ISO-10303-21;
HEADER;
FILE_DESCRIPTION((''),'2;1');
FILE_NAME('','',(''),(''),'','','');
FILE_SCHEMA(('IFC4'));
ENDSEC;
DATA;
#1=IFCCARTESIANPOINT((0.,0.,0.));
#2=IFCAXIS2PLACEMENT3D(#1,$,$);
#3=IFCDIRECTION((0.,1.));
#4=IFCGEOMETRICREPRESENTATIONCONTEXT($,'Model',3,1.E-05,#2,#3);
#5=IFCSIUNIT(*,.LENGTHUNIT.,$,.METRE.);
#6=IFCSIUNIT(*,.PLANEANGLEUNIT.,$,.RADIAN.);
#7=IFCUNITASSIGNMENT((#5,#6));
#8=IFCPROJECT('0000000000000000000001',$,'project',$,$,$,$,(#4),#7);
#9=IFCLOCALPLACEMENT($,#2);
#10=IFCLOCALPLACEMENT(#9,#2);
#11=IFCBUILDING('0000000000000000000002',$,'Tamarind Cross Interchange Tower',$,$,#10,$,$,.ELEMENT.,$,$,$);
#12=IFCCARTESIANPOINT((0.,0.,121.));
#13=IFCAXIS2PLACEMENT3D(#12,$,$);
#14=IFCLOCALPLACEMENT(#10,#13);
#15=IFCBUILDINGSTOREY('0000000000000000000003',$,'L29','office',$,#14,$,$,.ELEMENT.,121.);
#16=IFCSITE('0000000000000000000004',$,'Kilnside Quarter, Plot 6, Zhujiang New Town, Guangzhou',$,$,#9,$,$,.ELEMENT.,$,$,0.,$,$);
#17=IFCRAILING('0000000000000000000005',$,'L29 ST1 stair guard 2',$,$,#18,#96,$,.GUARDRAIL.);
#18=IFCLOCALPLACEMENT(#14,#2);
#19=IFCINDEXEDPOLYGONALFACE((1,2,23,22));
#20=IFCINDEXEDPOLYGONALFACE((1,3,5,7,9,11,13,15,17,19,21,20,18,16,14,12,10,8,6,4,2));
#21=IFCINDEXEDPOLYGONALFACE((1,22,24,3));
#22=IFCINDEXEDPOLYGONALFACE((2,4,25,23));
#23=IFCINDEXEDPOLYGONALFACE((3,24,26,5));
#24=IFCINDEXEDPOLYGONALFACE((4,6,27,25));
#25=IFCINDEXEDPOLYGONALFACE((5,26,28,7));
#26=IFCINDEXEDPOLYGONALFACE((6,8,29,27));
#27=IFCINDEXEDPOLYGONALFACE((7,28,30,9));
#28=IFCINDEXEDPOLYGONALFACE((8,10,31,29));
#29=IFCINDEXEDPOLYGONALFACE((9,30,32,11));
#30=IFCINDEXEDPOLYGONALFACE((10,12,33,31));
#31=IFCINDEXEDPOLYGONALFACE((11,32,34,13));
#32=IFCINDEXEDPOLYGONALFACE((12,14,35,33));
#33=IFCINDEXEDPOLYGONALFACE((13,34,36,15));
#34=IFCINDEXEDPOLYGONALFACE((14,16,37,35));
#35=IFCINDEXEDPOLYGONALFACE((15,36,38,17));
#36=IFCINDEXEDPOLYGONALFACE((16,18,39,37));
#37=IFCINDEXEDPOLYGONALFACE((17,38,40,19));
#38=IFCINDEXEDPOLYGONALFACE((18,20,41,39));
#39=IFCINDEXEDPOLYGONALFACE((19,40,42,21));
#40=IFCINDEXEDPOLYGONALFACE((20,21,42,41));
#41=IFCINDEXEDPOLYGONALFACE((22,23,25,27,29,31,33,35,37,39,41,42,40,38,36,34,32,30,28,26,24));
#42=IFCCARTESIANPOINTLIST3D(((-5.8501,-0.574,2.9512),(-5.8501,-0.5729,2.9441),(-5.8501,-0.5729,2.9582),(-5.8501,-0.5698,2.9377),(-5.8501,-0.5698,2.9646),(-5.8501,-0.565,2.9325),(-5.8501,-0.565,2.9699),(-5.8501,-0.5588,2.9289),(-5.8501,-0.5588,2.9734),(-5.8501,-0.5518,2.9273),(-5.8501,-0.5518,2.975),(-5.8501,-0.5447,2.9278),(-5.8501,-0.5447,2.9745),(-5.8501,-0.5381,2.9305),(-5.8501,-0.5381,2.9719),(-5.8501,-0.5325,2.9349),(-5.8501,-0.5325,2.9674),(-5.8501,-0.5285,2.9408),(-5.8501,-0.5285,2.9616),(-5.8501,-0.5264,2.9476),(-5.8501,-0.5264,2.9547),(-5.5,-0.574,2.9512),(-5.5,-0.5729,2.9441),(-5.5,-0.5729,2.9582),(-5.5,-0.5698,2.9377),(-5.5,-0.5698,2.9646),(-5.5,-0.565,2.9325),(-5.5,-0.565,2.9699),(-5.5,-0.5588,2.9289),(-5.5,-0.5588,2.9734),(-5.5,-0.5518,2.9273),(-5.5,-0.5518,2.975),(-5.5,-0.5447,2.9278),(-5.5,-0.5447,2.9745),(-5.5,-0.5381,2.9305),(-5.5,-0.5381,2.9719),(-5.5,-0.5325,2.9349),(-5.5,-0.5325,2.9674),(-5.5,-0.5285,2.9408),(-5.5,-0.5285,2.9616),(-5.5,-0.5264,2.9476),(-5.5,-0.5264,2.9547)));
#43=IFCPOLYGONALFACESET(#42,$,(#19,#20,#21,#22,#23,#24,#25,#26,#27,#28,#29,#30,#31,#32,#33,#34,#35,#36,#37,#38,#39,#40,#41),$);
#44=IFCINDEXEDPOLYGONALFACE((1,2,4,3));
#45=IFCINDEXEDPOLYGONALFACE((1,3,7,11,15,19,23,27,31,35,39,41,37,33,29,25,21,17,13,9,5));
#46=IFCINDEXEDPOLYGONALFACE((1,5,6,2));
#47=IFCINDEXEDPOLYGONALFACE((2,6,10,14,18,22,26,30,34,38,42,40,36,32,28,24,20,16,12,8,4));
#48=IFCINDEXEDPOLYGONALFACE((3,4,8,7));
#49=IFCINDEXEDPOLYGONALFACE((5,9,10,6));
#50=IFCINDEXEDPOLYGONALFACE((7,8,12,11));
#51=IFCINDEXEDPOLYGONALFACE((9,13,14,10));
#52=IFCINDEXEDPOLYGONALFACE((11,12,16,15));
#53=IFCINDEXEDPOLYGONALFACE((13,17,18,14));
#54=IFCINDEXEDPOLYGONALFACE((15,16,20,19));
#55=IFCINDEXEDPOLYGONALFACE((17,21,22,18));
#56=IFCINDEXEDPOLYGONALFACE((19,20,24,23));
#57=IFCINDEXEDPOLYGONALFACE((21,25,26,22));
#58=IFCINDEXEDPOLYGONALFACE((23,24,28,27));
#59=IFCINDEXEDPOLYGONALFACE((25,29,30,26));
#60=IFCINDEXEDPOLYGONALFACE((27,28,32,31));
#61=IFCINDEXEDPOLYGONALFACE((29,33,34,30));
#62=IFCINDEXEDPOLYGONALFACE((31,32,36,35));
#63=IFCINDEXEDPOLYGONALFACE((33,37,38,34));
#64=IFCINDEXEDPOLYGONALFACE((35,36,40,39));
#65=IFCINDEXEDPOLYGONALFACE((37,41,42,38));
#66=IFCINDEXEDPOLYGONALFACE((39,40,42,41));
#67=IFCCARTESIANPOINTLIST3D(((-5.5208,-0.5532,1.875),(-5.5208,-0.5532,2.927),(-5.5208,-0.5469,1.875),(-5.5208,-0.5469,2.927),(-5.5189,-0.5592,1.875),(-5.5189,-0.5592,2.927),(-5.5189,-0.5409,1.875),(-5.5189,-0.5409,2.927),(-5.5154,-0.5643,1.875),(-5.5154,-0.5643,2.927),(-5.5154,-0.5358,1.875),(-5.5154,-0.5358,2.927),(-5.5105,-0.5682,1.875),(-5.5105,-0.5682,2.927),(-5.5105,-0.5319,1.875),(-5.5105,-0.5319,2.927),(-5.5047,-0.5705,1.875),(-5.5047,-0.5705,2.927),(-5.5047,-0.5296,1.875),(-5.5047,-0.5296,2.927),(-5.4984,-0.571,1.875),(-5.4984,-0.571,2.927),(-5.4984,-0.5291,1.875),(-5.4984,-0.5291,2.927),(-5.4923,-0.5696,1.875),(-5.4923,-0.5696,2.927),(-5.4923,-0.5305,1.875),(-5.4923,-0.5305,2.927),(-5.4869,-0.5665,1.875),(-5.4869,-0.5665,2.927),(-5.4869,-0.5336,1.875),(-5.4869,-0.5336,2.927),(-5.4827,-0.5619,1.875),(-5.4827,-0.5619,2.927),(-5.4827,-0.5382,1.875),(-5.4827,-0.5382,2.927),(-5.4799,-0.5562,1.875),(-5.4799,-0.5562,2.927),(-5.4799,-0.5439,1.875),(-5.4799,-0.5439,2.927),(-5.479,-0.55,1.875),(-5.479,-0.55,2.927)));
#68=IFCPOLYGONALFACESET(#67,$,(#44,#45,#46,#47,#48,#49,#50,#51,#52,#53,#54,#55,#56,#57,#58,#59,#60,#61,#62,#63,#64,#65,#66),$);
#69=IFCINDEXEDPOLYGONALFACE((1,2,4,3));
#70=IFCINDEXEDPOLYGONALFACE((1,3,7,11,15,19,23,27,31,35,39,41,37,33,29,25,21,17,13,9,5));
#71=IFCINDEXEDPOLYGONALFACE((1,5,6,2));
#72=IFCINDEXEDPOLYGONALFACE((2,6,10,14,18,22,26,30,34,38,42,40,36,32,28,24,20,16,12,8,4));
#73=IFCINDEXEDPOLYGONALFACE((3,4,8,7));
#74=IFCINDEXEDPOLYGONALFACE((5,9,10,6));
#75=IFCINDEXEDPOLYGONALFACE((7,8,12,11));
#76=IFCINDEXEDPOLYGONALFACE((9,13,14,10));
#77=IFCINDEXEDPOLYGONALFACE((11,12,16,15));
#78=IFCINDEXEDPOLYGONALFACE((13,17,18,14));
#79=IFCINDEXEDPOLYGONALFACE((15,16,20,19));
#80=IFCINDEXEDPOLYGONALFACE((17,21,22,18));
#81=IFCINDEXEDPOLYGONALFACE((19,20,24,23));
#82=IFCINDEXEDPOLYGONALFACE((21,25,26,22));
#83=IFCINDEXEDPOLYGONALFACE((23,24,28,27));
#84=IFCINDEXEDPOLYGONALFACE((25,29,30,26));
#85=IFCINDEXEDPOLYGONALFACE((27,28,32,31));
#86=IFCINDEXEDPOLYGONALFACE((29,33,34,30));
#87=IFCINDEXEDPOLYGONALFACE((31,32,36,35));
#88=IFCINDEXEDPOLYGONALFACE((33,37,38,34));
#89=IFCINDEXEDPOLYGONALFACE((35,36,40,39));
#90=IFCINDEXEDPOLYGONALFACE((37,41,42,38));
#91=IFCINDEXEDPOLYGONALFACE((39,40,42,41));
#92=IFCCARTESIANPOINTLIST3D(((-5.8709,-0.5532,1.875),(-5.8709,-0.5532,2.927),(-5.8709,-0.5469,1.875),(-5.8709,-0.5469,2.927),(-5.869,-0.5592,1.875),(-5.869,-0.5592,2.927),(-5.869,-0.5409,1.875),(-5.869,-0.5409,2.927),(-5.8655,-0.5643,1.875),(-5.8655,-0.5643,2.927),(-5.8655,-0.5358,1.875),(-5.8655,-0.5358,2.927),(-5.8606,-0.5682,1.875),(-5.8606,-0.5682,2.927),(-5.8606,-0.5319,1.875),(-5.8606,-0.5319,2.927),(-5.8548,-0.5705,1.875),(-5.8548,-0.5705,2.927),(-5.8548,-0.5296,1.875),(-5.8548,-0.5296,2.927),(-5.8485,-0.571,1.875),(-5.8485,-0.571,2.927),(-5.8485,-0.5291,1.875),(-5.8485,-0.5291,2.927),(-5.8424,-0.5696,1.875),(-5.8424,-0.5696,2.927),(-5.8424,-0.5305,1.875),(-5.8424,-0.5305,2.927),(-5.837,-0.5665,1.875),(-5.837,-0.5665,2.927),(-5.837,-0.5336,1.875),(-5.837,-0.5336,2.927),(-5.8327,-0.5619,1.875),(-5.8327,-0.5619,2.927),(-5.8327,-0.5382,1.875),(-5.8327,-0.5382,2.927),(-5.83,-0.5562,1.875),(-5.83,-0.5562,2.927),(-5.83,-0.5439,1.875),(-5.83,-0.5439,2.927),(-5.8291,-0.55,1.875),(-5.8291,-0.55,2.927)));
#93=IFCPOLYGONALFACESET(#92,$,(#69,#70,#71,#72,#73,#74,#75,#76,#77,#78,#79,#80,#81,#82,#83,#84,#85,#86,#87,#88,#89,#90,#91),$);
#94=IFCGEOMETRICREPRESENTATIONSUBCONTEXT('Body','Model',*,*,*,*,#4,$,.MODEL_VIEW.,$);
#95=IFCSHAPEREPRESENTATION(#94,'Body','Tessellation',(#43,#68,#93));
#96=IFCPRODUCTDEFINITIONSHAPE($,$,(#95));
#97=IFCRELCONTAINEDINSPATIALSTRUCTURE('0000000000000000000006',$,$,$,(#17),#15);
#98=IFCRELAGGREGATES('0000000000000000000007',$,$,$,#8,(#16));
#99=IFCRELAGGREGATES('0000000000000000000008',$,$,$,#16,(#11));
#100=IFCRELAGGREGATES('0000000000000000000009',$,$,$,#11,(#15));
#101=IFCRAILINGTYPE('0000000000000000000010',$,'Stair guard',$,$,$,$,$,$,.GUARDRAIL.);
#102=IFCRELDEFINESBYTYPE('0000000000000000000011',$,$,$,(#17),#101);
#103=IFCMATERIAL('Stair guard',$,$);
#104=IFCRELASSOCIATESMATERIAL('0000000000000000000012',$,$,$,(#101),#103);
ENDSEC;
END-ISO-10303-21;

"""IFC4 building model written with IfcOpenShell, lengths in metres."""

from ifc_helpers import new_model, si_unit, direction, frame, origin, origin_2d, place, context, subcontext, project, spatial, circle, extrude, material, type_object, element, save


model = new_model("IFC4")

# Units and contexts
model_context = context("Model", 3, precision=1e-05, world=origin(), true_north=direction((0.0, 1.0)))
body_context = subcontext(model_context, "Body", "Model", "MODEL_VIEW")
ifc_project = project(units=[si_unit("LENGTHUNIT", "METRE"), si_unit("PLANEANGLEUNIT", "RADIAN")], contexts=[model_context])

# Site, building, storey
site_placement = place(None, origin())
site = spatial("IfcSite", under=ifc_project, at=site_placement, Name="Kilnside Quarter, Plot 6, Zhujiang New Town, Guangzhou", CompositionType="ELEMENT", RefElevation=0.0)
building_placement = place(site_placement, origin())
building = spatial("IfcBuilding", under=site, at=building_placement, Name="Tamarind Cross Interchange Tower", CompositionType="ELEMENT")
storey_placement = place(building_placement, frame((0.0, 0.0, 121.0)))
storey = spatial("IfcBuildingStorey", under=building, at=storey_placement, Name="L29", Description="office", CompositionType="ELEMENT", Elevation=121.0)

# Railing
ifc_material_1 = material(Name="Stair guard")
railing_type_1 = type_object("IfcRailingType", Name="Stair guard", PredefinedType="GUARDRAIL", material=ifc_material_1)
railing_1_placement = place(storey_placement, frame((-5.5, -0.55, 1.875)))
element("IfcRailing", 1, at=railing_1_placement, inside=storey, type_object=railing_type_1, Name="L29 ST1 stair guard 2", PredefinedType="GUARDRAIL", context=body_context, shape_type="SweptSolid", body=[
    extrude(circle(Radius=0.0239, at=origin_2d()), frame((0.0, 0.0, 1.0762), z_axis=(-1.0, 0.0, 0.0), x_axis=(0.0, -1.0, 0.0)), (0.0, 0.0, 1.0), 0.3501),
    extrude(circle(Radius=0.021, at=origin_2d()), origin(), (0.0, 0.0, 1.0), 1.052),
    extrude(circle(Radius=0.021, at=origin_2d()), frame((-0.3501, 0.0, 0.0)), (0.0, 0.0, 1.0), 1.052),
])

save(model, "model.ifc")
